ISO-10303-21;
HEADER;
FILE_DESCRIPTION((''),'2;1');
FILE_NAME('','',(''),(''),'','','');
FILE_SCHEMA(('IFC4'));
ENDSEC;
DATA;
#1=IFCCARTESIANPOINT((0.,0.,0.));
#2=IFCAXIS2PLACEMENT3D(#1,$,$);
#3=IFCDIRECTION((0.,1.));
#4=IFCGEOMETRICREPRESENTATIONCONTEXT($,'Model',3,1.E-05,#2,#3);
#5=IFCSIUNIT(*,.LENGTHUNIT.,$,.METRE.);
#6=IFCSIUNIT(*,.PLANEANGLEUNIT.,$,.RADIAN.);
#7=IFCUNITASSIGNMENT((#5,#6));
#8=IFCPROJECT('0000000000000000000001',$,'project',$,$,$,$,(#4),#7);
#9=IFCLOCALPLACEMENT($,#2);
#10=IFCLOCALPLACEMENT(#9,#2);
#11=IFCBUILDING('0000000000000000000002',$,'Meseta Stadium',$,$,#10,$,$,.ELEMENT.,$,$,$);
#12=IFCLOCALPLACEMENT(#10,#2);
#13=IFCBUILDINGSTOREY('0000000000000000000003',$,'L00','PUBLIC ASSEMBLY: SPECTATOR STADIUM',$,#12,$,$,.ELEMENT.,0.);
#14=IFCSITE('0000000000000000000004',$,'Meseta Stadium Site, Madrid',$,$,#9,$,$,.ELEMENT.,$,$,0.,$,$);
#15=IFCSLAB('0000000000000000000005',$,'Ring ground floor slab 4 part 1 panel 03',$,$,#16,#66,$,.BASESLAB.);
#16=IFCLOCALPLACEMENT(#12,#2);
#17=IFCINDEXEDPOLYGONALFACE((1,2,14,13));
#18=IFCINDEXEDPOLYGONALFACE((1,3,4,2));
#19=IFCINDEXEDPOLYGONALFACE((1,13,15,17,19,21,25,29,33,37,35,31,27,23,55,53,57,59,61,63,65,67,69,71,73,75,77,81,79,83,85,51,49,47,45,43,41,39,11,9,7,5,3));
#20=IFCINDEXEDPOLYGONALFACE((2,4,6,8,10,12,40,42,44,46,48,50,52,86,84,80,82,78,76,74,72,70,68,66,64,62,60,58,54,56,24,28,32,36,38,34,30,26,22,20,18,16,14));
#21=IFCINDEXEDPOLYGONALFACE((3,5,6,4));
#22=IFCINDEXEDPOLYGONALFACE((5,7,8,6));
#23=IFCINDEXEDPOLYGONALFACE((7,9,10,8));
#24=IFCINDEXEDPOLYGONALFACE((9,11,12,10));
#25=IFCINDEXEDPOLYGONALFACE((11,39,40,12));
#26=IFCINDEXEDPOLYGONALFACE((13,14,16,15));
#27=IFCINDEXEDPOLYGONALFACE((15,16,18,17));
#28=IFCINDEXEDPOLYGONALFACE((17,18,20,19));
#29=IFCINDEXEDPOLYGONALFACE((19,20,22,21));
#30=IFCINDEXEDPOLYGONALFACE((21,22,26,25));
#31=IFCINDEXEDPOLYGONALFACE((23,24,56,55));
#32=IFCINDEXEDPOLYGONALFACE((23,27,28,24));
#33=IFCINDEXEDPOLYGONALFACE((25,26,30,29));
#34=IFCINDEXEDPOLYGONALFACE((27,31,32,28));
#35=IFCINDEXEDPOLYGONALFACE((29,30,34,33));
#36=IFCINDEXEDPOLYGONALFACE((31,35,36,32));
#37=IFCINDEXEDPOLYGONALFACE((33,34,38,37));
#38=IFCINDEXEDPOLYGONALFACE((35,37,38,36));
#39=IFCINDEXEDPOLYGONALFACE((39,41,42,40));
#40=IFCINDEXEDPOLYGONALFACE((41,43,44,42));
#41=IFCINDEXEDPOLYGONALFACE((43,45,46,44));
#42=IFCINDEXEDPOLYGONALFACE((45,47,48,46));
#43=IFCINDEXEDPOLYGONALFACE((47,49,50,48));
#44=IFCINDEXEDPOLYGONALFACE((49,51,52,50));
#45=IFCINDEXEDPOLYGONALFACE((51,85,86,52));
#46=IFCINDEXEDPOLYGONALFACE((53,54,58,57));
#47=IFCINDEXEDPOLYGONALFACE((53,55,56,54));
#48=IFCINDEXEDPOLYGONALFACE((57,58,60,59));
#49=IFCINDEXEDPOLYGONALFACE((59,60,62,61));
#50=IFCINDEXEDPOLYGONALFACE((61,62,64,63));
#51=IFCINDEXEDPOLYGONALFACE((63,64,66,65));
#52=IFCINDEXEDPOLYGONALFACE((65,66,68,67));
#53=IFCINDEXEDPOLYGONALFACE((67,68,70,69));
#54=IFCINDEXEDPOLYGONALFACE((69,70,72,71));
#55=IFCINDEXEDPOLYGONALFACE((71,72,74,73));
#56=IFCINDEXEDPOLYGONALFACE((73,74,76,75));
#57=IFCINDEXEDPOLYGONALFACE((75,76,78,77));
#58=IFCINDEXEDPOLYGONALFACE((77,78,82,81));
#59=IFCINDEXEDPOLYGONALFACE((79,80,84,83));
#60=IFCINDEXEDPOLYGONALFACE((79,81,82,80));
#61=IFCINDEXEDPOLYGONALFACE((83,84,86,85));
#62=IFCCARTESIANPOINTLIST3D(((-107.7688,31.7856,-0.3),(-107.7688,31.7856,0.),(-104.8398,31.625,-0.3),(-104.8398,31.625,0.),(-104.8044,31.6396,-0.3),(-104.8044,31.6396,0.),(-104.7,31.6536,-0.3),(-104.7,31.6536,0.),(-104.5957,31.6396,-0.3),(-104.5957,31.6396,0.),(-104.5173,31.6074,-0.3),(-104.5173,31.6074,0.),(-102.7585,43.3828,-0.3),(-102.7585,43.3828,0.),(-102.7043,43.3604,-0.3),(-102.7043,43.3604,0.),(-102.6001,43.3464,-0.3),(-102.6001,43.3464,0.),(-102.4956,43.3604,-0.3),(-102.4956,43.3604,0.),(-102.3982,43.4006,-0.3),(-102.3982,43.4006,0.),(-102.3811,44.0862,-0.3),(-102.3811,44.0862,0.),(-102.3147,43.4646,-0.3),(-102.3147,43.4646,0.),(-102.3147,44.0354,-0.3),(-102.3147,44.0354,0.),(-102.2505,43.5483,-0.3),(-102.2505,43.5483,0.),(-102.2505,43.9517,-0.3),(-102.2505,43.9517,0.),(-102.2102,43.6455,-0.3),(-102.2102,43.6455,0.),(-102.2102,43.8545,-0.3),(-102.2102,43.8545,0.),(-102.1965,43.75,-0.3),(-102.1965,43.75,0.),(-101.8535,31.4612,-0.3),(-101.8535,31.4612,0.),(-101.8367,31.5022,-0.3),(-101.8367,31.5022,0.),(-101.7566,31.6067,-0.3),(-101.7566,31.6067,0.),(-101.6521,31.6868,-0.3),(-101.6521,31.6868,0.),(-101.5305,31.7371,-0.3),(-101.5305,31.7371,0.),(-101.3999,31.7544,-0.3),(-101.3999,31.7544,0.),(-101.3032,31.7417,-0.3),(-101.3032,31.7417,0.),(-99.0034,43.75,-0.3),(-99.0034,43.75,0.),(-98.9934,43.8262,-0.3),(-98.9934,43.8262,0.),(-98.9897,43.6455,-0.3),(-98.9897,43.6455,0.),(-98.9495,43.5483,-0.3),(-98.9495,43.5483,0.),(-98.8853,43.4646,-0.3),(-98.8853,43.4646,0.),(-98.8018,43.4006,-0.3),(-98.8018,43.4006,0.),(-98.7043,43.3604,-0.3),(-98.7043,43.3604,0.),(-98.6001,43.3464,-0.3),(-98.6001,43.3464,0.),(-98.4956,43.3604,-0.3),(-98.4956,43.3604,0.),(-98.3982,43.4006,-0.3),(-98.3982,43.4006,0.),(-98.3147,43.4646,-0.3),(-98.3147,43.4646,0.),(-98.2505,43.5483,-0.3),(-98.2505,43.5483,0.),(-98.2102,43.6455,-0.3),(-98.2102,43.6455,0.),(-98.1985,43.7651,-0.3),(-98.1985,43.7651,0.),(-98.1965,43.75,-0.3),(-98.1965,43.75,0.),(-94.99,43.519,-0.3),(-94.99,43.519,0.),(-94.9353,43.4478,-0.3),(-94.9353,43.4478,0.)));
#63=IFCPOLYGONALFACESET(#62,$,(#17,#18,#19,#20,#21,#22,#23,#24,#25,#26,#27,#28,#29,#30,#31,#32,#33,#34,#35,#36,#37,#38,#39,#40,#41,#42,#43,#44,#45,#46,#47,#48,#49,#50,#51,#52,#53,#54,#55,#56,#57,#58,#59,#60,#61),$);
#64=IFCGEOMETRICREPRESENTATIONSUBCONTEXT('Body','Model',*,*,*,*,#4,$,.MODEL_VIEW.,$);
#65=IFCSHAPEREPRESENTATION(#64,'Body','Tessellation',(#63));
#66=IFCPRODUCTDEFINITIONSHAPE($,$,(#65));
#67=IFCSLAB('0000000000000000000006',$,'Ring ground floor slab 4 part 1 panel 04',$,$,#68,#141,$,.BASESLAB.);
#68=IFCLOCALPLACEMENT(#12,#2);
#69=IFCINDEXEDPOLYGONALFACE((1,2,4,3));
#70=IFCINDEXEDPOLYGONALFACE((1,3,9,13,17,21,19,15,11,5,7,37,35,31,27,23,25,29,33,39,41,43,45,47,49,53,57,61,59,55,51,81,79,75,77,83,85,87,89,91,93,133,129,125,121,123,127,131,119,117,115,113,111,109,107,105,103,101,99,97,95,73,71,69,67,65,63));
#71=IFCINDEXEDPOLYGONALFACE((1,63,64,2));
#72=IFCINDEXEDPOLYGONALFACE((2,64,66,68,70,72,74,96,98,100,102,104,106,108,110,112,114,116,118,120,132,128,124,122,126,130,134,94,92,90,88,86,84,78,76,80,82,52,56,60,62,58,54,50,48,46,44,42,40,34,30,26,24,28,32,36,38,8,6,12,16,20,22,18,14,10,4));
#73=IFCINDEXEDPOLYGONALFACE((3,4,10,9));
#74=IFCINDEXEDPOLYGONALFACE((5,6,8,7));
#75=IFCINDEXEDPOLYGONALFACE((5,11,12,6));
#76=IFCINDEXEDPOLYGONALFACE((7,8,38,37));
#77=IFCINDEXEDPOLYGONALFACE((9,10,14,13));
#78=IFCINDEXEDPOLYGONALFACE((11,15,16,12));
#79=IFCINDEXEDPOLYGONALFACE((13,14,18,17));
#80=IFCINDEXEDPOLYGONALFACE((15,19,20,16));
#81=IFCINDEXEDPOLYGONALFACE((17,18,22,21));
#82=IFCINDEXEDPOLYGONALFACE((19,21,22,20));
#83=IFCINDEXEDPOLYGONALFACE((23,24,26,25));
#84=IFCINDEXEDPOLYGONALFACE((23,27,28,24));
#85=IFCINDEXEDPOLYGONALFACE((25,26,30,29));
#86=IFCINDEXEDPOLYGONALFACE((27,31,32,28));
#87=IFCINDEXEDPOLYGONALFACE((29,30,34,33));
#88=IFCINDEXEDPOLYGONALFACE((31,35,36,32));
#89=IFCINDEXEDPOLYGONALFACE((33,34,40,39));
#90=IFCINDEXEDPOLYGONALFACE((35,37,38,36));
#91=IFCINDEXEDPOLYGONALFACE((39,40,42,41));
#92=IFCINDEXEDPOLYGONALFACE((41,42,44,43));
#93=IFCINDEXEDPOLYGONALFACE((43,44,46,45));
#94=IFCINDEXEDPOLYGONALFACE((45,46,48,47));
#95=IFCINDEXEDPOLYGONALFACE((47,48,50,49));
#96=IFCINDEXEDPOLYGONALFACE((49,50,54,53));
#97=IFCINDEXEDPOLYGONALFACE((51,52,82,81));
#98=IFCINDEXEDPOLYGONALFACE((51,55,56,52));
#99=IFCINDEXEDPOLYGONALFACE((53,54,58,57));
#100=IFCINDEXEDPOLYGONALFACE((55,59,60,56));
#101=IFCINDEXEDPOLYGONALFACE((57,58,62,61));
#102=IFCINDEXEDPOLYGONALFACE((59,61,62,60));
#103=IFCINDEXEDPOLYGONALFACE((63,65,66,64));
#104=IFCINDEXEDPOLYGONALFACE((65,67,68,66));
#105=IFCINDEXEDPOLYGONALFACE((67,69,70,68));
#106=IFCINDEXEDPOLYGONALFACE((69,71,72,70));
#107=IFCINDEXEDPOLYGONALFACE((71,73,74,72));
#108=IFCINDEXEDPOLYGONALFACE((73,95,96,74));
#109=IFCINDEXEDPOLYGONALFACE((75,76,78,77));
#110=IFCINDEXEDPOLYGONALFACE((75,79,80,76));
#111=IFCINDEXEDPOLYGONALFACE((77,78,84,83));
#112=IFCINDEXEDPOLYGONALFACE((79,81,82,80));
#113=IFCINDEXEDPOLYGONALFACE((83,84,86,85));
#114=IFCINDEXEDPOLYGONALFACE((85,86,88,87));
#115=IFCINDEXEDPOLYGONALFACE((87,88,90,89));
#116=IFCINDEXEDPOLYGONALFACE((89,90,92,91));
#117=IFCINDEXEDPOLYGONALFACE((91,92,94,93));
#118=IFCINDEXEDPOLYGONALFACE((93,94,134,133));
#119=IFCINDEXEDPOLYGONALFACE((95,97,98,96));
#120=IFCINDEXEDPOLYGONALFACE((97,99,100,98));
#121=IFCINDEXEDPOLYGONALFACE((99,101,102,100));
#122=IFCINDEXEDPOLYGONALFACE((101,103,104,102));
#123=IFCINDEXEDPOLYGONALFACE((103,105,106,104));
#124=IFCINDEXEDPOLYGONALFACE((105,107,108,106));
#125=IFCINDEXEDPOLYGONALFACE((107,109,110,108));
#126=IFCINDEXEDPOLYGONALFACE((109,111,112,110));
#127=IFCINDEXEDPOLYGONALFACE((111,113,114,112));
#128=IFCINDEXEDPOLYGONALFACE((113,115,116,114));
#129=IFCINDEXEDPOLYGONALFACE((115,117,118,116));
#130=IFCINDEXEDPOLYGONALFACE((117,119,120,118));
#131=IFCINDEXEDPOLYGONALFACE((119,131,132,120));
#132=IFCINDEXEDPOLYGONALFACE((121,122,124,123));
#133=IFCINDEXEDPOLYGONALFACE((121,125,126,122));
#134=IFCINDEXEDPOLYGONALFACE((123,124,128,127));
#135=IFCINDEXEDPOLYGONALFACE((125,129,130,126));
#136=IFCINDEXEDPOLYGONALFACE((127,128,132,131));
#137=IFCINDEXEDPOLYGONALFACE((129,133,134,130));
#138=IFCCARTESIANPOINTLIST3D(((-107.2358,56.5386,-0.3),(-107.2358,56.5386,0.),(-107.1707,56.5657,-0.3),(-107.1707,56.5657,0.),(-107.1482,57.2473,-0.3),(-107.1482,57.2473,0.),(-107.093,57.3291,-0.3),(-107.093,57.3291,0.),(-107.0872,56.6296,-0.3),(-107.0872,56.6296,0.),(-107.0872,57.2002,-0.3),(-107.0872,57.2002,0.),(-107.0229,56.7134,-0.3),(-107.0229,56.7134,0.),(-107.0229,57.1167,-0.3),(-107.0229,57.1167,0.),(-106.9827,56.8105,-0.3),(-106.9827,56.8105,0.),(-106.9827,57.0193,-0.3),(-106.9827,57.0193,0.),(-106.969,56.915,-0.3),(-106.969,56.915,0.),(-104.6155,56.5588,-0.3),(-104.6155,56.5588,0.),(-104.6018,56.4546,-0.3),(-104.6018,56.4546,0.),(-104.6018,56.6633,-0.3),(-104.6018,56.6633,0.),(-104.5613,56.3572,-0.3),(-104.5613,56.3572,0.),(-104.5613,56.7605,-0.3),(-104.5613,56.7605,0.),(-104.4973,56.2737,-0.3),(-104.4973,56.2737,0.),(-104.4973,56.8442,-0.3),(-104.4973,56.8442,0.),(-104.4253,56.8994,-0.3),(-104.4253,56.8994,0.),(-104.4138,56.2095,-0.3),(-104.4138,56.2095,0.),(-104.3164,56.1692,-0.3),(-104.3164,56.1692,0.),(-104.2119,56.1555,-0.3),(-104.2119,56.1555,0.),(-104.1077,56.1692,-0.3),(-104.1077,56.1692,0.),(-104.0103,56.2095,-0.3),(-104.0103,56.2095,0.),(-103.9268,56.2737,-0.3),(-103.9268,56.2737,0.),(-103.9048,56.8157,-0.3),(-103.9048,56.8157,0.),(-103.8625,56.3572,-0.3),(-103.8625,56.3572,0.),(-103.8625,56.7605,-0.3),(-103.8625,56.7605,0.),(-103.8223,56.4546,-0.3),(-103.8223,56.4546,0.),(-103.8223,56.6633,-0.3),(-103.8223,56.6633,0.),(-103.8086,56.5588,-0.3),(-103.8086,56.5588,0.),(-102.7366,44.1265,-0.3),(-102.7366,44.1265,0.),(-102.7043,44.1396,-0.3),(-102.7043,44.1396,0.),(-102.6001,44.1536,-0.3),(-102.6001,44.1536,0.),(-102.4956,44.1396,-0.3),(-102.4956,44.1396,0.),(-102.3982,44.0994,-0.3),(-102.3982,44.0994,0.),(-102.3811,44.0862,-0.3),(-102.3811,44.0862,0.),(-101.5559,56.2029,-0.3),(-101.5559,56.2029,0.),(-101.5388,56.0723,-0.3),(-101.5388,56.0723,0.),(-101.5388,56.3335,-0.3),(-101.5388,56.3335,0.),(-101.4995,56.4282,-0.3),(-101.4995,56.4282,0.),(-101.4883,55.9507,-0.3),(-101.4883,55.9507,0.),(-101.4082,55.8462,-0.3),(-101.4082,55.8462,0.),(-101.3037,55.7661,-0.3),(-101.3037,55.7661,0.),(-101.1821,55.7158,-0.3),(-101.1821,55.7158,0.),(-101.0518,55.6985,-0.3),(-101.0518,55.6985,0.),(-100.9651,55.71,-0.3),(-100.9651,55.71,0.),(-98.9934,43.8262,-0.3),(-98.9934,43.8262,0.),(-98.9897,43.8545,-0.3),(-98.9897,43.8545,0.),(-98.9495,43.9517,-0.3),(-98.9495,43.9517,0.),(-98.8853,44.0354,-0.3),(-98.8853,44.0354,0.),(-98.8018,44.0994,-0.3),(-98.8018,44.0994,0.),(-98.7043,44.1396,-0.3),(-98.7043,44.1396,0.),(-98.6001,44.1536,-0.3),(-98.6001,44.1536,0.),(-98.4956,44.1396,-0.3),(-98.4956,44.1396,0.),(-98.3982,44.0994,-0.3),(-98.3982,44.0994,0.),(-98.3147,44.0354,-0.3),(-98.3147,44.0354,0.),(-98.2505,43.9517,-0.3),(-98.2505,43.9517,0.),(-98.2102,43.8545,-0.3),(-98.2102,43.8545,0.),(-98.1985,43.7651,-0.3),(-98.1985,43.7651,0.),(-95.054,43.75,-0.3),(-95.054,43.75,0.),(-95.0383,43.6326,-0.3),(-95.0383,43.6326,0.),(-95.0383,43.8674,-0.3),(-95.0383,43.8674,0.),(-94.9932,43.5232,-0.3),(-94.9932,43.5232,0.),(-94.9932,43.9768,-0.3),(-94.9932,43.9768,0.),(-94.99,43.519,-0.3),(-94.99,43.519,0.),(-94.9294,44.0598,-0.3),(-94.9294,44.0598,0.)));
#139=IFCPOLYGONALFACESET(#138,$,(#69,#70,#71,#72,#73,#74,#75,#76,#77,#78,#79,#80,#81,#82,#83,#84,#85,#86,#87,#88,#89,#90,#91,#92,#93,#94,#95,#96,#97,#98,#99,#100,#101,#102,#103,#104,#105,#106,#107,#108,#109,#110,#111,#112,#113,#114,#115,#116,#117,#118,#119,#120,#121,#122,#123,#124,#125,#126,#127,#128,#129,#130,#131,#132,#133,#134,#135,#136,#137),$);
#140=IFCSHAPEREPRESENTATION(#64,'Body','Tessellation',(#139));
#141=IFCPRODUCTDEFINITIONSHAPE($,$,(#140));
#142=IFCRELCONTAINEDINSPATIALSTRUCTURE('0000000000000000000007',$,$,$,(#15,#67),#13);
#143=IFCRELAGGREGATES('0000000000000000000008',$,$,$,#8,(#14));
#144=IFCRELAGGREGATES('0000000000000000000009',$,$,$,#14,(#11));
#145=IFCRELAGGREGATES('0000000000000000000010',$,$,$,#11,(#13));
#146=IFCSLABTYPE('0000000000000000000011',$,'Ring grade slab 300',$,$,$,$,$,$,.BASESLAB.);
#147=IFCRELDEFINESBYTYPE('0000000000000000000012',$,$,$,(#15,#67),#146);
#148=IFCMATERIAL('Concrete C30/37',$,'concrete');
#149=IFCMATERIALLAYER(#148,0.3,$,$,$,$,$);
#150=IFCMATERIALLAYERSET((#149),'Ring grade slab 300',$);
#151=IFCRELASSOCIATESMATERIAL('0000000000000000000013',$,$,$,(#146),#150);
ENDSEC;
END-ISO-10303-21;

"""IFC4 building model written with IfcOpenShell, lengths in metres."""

from ifc_helpers import new_model, si_unit, direction, frame, origin, place, context, subcontext, project, spatial, polyline, outline, extrude, material, layer, layer_set, type_object, element, save


model = new_model("IFC4")

# Units and contexts
model_context = context("Model", 3, precision=1e-05, world=origin(), true_north=direction((0.0, 1.0)))
body_context = subcontext(model_context, "Body", "Model", "MODEL_VIEW")
ifc_project = project(units=[si_unit("LENGTHUNIT", "METRE"), si_unit("PLANEANGLEUNIT", "RADIAN")], contexts=[model_context])

# Site, building, storey
site_placement = place(None, origin())
site = spatial("IfcSite", under=ifc_project, at=site_placement, Name="Meseta Stadium Site, Madrid", CompositionType="ELEMENT", RefElevation=0.0)
building_placement = place(site_placement, origin())
building = spatial("IfcBuilding", under=site, at=building_placement, Name="Meseta Stadium", CompositionType="ELEMENT")
storey_placement = place(building_placement, origin())
storey = spatial("IfcBuildingStorey", under=building, at=storey_placement, Name="L00", Description="PUBLIC ASSEMBLY: SPECTATOR STADIUM", CompositionType="ELEMENT", Elevation=0.0)

# Slabs
ifc_material_1 = material(Name="Concrete C30/37", Category="concrete")
ifc_layer_1 = layer(ifc_material_1, 0.3)
ifc_layer_set_1 = layer_set([ifc_layer_1], Name="Ring grade slab 300")
slab_type_1 = type_object("IfcSlabType", Name="Ring grade slab 300", PredefinedType="BASESLAB", material=ifc_layer_set_1)
slab_1_placement = place(storey_placement, frame((0.0, 0.0, -0.3)))
element("IfcSlab", 1, at=slab_1_placement, inside=storey, type_object=slab_type_1, Name="Ring ground floor slab 4 part 1 panel 03", PredefinedType="BASESLAB", context=body_context, shape_type="SweptSolid", body=[
    extrude(outline(polyline([(-102.7043, 43.3604), (-102.7585, 43.3828), (-107.7688, 31.7856), (-104.8398, 31.625), (-104.8044, 31.6396), (-104.7, 31.6536), (-104.5957, 31.6396), (-104.5173, 31.6074), (-101.8535, 31.4612), (-101.8367, 31.5022), (-101.7566, 31.6067), (-101.6521, 31.6868), (-101.5305, 31.7371), (-101.3999, 31.7544), (-101.3032, 31.7417), (-94.9353, 43.4478), (-94.99, 43.519), (-98.1985, 43.7651), (-98.1965, 43.75), (-98.2102, 43.6455), (-98.2505, 43.5483), (-98.3147, 43.4646), (-98.3982, 43.4006), (-98.4956, 43.3604), (-98.6001, 43.3464), (-98.7043, 43.3604), (-98.8018, 43.4006), (-98.8853, 43.4646), (-98.9495, 43.5483), (-98.9897, 43.6455), (-99.0034, 43.75), (-98.9934, 43.8262), (-102.3811, 44.0862), (-102.3147, 44.0354), (-102.2505, 43.9517), (-102.2102, 43.8545), (-102.1965, 43.75), (-102.2102, 43.6455), (-102.2505, 43.5483), (-102.3147, 43.4646), (-102.3982, 43.4006), (-102.4956, 43.3604), (-102.6001, 43.3464), (-102.7043, 43.3604)])), origin(), (0.0, 0.0, 1.0), 0.3),
])
slab_2_placement = place(storey_placement, frame((0.0, 0.0, -0.3)))
element("IfcSlab", 2, at=slab_2_placement, inside=storey, type_object=slab_type_1, Name="Ring ground floor slab 4 part 1 panel 04", PredefinedType="BASESLAB", context=body_context, shape_type="SweptSolid", body=[
    extrude(outline(polyline([(-102.4956, 44.1396), (-102.3982, 44.0994), (-102.3811, 44.0862), (-98.9934, 43.8262), (-98.9897, 43.8545), (-98.9495, 43.9517), (-98.8853, 44.0354), (-98.8018, 44.0994), (-98.7043, 44.1396), (-98.6001, 44.1536), (-98.4956, 44.1396), (-98.3982, 44.0994), (-98.3147, 44.0354), (-98.2505, 43.9517), (-98.2102, 43.8545), (-98.1985, 43.7651), (-94.99, 43.519), (-94.9932, 43.5232), (-95.0383, 43.6326), (-95.054, 43.75), (-95.0383, 43.8674), (-94.9932, 43.9768), (-94.9294, 44.0598), (-100.9651, 55.71), (-101.0518, 55.6985), (-101.1821, 55.7158), (-101.3037, 55.7661), (-101.4082, 55.8462), (-101.4883, 55.9507), (-101.5388, 56.0723), (-101.5559, 56.2029), (-101.5388, 56.3335), (-101.4995, 56.4282), (-103.9048, 56.8157), (-103.8625, 56.7605), (-103.8223, 56.6633), (-103.8086, 56.5588), (-103.8223, 56.4546), (-103.8625, 56.3572), (-103.9268, 56.2737), (-104.0103, 56.2095), (-104.1077, 56.1692), (-104.2119, 56.1555), (-104.3164, 56.1692), (-104.4138, 56.2095), (-104.4973, 56.2737), (-104.5613, 56.3572), (-104.6018, 56.4546), (-104.6155, 56.5588), (-104.6018, 56.6633), (-104.5613, 56.7605), (-104.4973, 56.8442), (-104.4253, 56.8994), (-107.093, 57.3291), (-107.1482, 57.2473), (-107.0872, 57.2002), (-107.0229, 57.1167), (-106.9827, 57.0193), (-106.969, 56.915), (-106.9827, 56.8105), (-107.0229, 56.7134), (-107.0872, 56.6296), (-107.1707, 56.5657), (-107.2358, 56.5386), (-102.7366, 44.1265), (-102.7043, 44.1396), (-102.6001, 44.1536), (-102.4956, 44.1396)])), origin(), (0.0, 0.0, 1.0), 0.3),
])

save(model, "model.ifc")
